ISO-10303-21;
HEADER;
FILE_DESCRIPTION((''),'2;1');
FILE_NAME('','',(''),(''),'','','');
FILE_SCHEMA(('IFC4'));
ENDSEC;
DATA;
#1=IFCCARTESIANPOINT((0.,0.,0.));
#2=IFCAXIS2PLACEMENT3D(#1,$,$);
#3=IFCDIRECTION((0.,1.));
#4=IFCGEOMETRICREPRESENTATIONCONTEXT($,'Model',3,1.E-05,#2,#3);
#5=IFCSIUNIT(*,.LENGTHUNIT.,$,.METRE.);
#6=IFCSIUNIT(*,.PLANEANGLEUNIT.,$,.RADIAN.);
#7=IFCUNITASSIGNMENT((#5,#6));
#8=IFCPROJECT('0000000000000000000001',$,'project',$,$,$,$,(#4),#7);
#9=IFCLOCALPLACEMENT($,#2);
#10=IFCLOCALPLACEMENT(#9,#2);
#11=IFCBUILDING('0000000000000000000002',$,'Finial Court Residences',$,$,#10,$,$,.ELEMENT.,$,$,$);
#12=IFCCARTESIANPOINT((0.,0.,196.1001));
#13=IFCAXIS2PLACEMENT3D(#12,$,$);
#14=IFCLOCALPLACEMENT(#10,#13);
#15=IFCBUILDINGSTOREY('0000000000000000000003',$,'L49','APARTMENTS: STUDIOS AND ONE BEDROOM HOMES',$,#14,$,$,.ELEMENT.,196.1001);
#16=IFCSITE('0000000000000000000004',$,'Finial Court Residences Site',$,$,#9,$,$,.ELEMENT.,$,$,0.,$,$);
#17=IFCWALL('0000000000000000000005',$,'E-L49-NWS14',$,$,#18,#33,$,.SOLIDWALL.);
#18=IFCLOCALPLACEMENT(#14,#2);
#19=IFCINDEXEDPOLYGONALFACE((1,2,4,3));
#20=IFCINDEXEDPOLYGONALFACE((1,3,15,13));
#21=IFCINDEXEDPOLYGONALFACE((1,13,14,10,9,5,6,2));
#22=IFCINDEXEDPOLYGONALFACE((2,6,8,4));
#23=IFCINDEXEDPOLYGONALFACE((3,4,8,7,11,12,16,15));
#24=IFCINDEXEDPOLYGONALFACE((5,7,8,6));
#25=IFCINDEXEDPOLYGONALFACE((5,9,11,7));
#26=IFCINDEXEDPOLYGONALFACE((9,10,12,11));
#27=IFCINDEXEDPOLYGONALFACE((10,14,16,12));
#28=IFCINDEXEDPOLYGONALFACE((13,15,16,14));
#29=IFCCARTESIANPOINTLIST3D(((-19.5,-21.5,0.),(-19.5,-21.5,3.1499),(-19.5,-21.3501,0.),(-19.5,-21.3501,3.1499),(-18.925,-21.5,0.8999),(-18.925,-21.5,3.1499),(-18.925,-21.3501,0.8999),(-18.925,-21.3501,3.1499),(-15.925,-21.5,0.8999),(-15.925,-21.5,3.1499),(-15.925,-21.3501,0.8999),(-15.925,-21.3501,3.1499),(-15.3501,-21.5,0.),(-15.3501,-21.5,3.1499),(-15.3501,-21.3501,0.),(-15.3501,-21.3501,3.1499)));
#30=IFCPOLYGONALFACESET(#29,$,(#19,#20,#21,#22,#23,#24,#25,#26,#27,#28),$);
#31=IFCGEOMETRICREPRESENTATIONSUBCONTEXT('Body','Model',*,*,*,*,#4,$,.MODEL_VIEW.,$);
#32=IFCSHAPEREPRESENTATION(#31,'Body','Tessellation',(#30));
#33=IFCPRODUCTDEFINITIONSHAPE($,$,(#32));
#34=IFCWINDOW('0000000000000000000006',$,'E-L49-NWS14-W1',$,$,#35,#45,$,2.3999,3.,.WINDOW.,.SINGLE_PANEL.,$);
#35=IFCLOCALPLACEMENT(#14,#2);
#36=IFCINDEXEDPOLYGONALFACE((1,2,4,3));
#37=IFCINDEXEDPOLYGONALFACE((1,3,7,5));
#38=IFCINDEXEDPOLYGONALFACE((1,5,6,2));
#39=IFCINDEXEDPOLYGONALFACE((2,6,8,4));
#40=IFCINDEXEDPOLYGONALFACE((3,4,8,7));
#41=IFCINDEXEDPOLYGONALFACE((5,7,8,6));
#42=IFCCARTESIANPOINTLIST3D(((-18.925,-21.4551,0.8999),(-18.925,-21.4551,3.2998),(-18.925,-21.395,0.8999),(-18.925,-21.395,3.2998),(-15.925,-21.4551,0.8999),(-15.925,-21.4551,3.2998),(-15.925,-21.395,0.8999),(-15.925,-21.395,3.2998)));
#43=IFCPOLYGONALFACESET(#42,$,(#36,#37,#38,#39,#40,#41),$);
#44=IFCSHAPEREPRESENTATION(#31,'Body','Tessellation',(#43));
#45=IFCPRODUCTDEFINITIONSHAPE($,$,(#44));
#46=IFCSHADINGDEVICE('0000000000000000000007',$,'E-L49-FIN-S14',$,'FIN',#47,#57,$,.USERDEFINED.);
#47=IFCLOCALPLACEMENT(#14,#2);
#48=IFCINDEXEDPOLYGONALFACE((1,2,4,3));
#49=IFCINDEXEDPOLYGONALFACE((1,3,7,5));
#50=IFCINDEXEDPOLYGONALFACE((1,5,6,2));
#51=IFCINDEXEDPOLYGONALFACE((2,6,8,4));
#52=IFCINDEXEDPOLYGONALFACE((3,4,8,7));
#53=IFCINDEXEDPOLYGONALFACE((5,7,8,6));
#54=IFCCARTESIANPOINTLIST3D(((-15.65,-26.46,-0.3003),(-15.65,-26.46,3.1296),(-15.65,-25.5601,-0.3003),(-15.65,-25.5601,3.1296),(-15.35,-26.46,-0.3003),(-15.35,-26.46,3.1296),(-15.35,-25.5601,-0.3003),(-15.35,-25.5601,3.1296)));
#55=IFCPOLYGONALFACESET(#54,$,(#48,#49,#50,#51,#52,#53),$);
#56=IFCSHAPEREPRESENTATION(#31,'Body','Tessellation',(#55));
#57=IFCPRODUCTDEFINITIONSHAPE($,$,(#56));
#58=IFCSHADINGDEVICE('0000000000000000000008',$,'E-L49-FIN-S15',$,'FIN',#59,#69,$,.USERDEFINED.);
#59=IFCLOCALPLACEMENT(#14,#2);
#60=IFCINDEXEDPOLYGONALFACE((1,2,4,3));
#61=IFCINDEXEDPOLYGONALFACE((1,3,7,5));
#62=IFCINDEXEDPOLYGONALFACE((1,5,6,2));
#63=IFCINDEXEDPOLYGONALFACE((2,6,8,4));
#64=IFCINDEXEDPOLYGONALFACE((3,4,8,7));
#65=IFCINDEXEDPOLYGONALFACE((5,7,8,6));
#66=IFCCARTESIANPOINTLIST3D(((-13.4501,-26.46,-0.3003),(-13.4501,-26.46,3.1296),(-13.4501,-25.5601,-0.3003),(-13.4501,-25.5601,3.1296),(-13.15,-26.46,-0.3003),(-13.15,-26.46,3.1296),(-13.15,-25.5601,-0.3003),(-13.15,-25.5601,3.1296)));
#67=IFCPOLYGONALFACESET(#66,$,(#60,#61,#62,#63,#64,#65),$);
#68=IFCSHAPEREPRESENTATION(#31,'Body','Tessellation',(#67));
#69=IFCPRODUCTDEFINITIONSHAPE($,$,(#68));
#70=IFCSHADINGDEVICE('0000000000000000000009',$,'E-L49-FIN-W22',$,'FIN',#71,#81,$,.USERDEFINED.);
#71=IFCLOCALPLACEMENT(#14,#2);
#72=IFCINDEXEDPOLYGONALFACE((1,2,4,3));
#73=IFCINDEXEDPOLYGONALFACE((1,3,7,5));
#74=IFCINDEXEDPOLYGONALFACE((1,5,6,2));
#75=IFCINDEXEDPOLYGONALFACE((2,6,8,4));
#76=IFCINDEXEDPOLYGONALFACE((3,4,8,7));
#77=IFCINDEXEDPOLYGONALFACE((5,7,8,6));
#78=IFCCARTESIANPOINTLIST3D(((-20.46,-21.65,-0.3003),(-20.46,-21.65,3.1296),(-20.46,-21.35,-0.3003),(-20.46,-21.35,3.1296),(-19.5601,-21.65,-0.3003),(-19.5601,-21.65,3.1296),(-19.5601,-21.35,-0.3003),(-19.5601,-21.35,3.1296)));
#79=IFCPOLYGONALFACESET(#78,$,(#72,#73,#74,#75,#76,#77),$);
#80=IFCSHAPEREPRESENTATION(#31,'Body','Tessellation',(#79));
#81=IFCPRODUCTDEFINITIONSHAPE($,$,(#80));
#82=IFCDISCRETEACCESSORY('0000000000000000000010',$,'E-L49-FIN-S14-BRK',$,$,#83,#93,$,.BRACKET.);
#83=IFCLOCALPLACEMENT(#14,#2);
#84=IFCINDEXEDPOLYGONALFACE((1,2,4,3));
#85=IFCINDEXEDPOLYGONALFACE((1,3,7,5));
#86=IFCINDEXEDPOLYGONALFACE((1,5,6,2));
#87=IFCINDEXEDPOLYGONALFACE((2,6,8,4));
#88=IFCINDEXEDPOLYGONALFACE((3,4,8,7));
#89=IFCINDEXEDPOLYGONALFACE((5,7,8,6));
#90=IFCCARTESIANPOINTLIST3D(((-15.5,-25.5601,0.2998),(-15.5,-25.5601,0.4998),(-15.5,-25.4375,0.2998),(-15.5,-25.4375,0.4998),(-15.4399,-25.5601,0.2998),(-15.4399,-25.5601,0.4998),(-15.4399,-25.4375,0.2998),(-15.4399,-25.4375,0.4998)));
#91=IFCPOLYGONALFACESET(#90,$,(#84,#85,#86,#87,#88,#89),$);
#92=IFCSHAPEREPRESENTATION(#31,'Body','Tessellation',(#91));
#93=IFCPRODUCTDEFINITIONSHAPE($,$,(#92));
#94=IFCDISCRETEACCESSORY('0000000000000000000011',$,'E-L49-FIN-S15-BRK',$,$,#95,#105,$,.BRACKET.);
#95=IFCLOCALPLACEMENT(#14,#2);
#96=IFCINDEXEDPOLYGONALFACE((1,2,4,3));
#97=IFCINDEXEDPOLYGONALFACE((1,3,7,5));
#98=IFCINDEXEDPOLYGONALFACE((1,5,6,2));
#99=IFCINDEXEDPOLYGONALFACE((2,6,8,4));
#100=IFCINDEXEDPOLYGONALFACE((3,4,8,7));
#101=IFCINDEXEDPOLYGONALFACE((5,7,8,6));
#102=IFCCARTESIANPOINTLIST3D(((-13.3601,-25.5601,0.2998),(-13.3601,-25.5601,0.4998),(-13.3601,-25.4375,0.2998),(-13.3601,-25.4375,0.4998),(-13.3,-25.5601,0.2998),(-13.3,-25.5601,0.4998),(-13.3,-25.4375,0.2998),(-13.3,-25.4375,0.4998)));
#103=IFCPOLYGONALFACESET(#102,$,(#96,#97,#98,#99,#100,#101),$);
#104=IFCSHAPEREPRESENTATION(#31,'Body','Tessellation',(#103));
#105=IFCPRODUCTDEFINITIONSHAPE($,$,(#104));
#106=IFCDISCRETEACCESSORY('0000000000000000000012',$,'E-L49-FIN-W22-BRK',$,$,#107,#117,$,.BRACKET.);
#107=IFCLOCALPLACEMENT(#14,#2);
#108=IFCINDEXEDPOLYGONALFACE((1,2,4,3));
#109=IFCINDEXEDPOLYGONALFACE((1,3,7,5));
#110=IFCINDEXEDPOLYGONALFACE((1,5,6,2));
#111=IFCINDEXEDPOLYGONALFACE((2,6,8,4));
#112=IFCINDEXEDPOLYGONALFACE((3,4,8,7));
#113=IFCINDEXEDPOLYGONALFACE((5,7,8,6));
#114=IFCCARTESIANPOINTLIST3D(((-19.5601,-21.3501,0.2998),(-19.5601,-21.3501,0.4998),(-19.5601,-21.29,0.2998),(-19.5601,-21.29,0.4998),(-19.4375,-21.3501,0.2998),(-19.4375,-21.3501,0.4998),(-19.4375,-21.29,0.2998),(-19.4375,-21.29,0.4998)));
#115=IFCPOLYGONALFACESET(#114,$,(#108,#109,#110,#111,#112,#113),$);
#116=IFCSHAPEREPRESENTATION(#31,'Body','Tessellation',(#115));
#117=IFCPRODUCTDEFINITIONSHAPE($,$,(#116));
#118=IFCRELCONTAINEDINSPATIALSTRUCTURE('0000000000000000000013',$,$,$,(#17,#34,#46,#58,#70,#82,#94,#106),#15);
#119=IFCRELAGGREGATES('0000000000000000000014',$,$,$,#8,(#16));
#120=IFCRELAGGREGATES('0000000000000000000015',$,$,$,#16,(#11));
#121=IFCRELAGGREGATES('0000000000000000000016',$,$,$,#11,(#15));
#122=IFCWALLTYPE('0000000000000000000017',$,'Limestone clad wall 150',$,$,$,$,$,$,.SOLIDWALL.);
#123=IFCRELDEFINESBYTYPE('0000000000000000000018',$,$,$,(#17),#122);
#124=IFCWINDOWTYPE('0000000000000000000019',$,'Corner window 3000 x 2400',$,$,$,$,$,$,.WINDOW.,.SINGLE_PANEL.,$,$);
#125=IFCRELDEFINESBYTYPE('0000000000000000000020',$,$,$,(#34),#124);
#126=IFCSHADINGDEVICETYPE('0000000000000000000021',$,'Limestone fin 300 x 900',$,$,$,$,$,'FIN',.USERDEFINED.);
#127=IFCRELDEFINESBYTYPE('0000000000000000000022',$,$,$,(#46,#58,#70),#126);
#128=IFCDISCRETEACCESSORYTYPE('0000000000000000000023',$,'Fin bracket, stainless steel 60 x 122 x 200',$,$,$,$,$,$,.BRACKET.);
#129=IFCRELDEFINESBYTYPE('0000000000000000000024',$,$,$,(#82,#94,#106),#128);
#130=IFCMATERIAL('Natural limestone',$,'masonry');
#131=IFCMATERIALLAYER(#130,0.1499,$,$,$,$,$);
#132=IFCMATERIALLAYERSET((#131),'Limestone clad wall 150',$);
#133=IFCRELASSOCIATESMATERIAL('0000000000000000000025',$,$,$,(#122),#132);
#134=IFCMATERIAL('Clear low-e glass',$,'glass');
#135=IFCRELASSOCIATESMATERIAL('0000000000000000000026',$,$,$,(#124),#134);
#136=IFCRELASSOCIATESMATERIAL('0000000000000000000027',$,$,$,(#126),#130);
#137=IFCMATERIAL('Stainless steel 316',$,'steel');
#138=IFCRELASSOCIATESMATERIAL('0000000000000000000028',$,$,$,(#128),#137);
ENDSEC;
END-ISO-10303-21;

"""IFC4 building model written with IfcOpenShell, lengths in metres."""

from ifc_helpers import new_model, si_unit, direction, frame, frame_2d, origin, origin_2d, place, context, subcontext, project, spatial, rectangle, extrude, material, layer, layer_set, type_object, element, fill, save


model = new_model("IFC4")

# Units and contexts
model_context = context("Model", 3, precision=1e-05, world=origin(), true_north=direction((0.0, 1.0)))
body_context = subcontext(model_context, "Body", "Model", "MODEL_VIEW")
ifc_project = project(units=[si_unit("LENGTHUNIT", "METRE"), si_unit("PLANEANGLEUNIT", "RADIAN")], contexts=[model_context])

# Site, building, storey
site_placement = place(None, origin())
site = spatial("IfcSite", under=ifc_project, at=site_placement, Name="Finial Court Residences Site", CompositionType="ELEMENT", RefElevation=0.0)
building_placement = place(site_placement, origin())
building = spatial("IfcBuilding", under=site, at=building_placement, Name="Finial Court Residences", CompositionType="ELEMENT")
storey_placement = place(building_placement, frame((0.0, 0.0, 196.1001)))
storey = spatial("IfcBuildingStorey", under=building, at=storey_placement, Name="L49", Description="APARTMENTS: STUDIOS AND ONE BEDROOM HOMES", CompositionType="ELEMENT", Elevation=196.1001)

# Shared definitions
ifc_material_1 = material(Name="Clear low-e glass", Category="glass")

# Wall, opening, window
ifc_material_2 = material(Name="Natural limestone", Category="masonry")
ifc_layer_1 = layer(ifc_material_2, 0.1499)
ifc_layer_set_1 = layer_set([ifc_layer_1], Name="Limestone clad wall 150")
wall_type_1 = type_object("IfcWallType", Name="Limestone clad wall 150", PredefinedType="SOLIDWALL", material=ifc_layer_set_1)
wall_1_placement = place(storey_placement, frame((-15.3501, -21.425, 0.0), z_axis=(0.0, 0.0, 1.0), x_axis=(-1.0, 0.0, 0.0)))
wall_1 = element("IfcWall", 1, at=wall_1_placement, inside=storey, type_object=wall_type_1, Name="E-L49-NWS14", PredefinedType="SOLIDWALL", context=body_context, shape_type="SweptSolid", body=[
    extrude(rectangle(XDim=4.1499, YDim=0.1499, at=frame_2d((2.075, 0.0))), origin(), (0.0, 0.0, 1.0), 3.1499),
])
opening_1_placement = place(wall_1_placement, frame((0.575, 0.0, 0.8999)))
opening_1 = element("IfcOpeningElement", 2, at=opening_1_placement, cuts=wall_1, PredefinedType="OPENING", context=body_context, shape_type="SweptSolid", body=[
    extrude(rectangle(XDim=3.0, YDim=2.3999, at=frame_2d((1.5, 1.2))), frame((0.0, 0.085, 0.0), z_axis=(0.0, -1.0, 0.0), x_axis=(1.0, 0.0, 0.0)), (0.0, 0.0, 1.0), 0.1699),
])
window_type_1 = type_object("IfcWindowType", Name="Corner window 3000 x 2400", PartitioningType="SINGLE_PANEL", PredefinedType="WINDOW", material=ifc_material_1)
window_1_placement = place(opening_1_placement, origin())
window_1 = element("IfcWindow", 3, at=window_1_placement, inside=storey, type_object=window_type_1, Name="E-L49-NWS14-W1", OverallHeight=2.3999, OverallWidth=3.0, PartitioningType="SINGLE_PANEL", PredefinedType="WINDOW", context=body_context, shape_type="SweptSolid", body=[
    extrude(rectangle(XDim=3.0, YDim=2.3999, at=frame_2d((1.5, 1.2))), frame((0.0, 0.03, 0.0), z_axis=(0.0, -1.0, 0.0), x_axis=(1.0, 0.0, 0.0)), (0.0, 0.0, 1.0), 0.0601),
])
fill(opening_1, window_1)

# Shading devices
shading_device_type = type_object("IfcShadingDeviceType", Name="Limestone fin 300 x 900", ElementType="FIN", PredefinedType="USERDEFINED", material=ifc_material_2)
for number, where, z_axis, x_axis, name in (
    (4, (-15.5, -26.01, -0.3003), (0.0, 0.0, 1.0), (1.0, 0.0, 0.0), "E-L49-FIN-S14"),
    (5, (-13.3, -26.01, -0.3003), (0.0, 0.0, 1.0), (1.0, 0.0, 0.0), "E-L49-FIN-S15"),
):
    element("IfcShadingDevice", number, at=place(storey_placement, frame(where, z_axis=z_axis, x_axis=x_axis)), inside=storey, type_object=shading_device_type, Name=name, ObjectType="FIN", PredefinedType="USERDEFINED", context=body_context, shape_type="SweptSolid", body=[
        extrude(rectangle(XDim=0.3, YDim=0.8999, at=origin_2d()), origin(), (0.0, 0.0, 1.0), 3.4299),
    ])
shading_device_placement = place(storey_placement, frame((-20.01, -21.5, -0.3003), z_axis=(0.0, 0.0, 1.0), x_axis=(1.0, 0.0, 0.0)))
element("IfcShadingDevice", 6, at=shading_device_placement, inside=storey, type_object=shading_device_type, Name="E-L49-FIN-W22", ObjectType="FIN", PredefinedType="USERDEFINED", context=body_context, shape_type="SweptSolid", body=[
    extrude(rectangle(XDim=0.8999, YDim=0.3, at=origin_2d()), origin(), (0.0, 0.0, 1.0), 3.4299),
])

# Discrete accessories
ifc_material_3 = material(Name="Stainless steel 316", Category="steel")
discrete_accessory_type = type_object("IfcDiscreteAccessoryType", Name="Fin bracket, stainless steel 60 x 122 x 200", PredefinedType="BRACKET", material=ifc_material_3)
for number, where, z_axis, x_axis, name in (
    (7, (-15.47, -25.4988, 0.2998), (0.0, 0.0, 1.0), (1.0, 0.0, 0.0), "E-L49-FIN-S14-BRK"),
    (8, (-13.3301, -25.4988, 0.2998), (0.0, 0.0, 1.0), (1.0, 0.0, 0.0), "E-L49-FIN-S15-BRK"),
):
    element("IfcDiscreteAccessory", number, at=place(storey_placement, frame(where, z_axis=z_axis, x_axis=x_axis)), inside=storey, type_object=discrete_accessory_type, Name=name, PredefinedType="BRACKET", context=body_context, shape_type="SweptSolid", body=[
        extrude(rectangle(XDim=0.0601, YDim=0.1226, at=origin_2d()), origin(), (0.0, 0.0, 1.0), 0.2),
    ])
discrete_accessory_placement = place(storey_placement, frame((-19.4988, -21.3201, 0.2998), z_axis=(0.0, 0.0, 1.0), x_axis=(1.0, 0.0, 0.0)))
element("IfcDiscreteAccessory", 9, at=discrete_accessory_placement, inside=storey, type_object=discrete_accessory_type, Name="E-L49-FIN-W22-BRK", PredefinedType="BRACKET", context=body_context, shape_type="SweptSolid", body=[
    extrude(rectangle(XDim=0.1226, YDim=0.0601, at=origin_2d()), origin(), (0.0, 0.0, 1.0), 0.2),
])

save(model, "model.ifc")
